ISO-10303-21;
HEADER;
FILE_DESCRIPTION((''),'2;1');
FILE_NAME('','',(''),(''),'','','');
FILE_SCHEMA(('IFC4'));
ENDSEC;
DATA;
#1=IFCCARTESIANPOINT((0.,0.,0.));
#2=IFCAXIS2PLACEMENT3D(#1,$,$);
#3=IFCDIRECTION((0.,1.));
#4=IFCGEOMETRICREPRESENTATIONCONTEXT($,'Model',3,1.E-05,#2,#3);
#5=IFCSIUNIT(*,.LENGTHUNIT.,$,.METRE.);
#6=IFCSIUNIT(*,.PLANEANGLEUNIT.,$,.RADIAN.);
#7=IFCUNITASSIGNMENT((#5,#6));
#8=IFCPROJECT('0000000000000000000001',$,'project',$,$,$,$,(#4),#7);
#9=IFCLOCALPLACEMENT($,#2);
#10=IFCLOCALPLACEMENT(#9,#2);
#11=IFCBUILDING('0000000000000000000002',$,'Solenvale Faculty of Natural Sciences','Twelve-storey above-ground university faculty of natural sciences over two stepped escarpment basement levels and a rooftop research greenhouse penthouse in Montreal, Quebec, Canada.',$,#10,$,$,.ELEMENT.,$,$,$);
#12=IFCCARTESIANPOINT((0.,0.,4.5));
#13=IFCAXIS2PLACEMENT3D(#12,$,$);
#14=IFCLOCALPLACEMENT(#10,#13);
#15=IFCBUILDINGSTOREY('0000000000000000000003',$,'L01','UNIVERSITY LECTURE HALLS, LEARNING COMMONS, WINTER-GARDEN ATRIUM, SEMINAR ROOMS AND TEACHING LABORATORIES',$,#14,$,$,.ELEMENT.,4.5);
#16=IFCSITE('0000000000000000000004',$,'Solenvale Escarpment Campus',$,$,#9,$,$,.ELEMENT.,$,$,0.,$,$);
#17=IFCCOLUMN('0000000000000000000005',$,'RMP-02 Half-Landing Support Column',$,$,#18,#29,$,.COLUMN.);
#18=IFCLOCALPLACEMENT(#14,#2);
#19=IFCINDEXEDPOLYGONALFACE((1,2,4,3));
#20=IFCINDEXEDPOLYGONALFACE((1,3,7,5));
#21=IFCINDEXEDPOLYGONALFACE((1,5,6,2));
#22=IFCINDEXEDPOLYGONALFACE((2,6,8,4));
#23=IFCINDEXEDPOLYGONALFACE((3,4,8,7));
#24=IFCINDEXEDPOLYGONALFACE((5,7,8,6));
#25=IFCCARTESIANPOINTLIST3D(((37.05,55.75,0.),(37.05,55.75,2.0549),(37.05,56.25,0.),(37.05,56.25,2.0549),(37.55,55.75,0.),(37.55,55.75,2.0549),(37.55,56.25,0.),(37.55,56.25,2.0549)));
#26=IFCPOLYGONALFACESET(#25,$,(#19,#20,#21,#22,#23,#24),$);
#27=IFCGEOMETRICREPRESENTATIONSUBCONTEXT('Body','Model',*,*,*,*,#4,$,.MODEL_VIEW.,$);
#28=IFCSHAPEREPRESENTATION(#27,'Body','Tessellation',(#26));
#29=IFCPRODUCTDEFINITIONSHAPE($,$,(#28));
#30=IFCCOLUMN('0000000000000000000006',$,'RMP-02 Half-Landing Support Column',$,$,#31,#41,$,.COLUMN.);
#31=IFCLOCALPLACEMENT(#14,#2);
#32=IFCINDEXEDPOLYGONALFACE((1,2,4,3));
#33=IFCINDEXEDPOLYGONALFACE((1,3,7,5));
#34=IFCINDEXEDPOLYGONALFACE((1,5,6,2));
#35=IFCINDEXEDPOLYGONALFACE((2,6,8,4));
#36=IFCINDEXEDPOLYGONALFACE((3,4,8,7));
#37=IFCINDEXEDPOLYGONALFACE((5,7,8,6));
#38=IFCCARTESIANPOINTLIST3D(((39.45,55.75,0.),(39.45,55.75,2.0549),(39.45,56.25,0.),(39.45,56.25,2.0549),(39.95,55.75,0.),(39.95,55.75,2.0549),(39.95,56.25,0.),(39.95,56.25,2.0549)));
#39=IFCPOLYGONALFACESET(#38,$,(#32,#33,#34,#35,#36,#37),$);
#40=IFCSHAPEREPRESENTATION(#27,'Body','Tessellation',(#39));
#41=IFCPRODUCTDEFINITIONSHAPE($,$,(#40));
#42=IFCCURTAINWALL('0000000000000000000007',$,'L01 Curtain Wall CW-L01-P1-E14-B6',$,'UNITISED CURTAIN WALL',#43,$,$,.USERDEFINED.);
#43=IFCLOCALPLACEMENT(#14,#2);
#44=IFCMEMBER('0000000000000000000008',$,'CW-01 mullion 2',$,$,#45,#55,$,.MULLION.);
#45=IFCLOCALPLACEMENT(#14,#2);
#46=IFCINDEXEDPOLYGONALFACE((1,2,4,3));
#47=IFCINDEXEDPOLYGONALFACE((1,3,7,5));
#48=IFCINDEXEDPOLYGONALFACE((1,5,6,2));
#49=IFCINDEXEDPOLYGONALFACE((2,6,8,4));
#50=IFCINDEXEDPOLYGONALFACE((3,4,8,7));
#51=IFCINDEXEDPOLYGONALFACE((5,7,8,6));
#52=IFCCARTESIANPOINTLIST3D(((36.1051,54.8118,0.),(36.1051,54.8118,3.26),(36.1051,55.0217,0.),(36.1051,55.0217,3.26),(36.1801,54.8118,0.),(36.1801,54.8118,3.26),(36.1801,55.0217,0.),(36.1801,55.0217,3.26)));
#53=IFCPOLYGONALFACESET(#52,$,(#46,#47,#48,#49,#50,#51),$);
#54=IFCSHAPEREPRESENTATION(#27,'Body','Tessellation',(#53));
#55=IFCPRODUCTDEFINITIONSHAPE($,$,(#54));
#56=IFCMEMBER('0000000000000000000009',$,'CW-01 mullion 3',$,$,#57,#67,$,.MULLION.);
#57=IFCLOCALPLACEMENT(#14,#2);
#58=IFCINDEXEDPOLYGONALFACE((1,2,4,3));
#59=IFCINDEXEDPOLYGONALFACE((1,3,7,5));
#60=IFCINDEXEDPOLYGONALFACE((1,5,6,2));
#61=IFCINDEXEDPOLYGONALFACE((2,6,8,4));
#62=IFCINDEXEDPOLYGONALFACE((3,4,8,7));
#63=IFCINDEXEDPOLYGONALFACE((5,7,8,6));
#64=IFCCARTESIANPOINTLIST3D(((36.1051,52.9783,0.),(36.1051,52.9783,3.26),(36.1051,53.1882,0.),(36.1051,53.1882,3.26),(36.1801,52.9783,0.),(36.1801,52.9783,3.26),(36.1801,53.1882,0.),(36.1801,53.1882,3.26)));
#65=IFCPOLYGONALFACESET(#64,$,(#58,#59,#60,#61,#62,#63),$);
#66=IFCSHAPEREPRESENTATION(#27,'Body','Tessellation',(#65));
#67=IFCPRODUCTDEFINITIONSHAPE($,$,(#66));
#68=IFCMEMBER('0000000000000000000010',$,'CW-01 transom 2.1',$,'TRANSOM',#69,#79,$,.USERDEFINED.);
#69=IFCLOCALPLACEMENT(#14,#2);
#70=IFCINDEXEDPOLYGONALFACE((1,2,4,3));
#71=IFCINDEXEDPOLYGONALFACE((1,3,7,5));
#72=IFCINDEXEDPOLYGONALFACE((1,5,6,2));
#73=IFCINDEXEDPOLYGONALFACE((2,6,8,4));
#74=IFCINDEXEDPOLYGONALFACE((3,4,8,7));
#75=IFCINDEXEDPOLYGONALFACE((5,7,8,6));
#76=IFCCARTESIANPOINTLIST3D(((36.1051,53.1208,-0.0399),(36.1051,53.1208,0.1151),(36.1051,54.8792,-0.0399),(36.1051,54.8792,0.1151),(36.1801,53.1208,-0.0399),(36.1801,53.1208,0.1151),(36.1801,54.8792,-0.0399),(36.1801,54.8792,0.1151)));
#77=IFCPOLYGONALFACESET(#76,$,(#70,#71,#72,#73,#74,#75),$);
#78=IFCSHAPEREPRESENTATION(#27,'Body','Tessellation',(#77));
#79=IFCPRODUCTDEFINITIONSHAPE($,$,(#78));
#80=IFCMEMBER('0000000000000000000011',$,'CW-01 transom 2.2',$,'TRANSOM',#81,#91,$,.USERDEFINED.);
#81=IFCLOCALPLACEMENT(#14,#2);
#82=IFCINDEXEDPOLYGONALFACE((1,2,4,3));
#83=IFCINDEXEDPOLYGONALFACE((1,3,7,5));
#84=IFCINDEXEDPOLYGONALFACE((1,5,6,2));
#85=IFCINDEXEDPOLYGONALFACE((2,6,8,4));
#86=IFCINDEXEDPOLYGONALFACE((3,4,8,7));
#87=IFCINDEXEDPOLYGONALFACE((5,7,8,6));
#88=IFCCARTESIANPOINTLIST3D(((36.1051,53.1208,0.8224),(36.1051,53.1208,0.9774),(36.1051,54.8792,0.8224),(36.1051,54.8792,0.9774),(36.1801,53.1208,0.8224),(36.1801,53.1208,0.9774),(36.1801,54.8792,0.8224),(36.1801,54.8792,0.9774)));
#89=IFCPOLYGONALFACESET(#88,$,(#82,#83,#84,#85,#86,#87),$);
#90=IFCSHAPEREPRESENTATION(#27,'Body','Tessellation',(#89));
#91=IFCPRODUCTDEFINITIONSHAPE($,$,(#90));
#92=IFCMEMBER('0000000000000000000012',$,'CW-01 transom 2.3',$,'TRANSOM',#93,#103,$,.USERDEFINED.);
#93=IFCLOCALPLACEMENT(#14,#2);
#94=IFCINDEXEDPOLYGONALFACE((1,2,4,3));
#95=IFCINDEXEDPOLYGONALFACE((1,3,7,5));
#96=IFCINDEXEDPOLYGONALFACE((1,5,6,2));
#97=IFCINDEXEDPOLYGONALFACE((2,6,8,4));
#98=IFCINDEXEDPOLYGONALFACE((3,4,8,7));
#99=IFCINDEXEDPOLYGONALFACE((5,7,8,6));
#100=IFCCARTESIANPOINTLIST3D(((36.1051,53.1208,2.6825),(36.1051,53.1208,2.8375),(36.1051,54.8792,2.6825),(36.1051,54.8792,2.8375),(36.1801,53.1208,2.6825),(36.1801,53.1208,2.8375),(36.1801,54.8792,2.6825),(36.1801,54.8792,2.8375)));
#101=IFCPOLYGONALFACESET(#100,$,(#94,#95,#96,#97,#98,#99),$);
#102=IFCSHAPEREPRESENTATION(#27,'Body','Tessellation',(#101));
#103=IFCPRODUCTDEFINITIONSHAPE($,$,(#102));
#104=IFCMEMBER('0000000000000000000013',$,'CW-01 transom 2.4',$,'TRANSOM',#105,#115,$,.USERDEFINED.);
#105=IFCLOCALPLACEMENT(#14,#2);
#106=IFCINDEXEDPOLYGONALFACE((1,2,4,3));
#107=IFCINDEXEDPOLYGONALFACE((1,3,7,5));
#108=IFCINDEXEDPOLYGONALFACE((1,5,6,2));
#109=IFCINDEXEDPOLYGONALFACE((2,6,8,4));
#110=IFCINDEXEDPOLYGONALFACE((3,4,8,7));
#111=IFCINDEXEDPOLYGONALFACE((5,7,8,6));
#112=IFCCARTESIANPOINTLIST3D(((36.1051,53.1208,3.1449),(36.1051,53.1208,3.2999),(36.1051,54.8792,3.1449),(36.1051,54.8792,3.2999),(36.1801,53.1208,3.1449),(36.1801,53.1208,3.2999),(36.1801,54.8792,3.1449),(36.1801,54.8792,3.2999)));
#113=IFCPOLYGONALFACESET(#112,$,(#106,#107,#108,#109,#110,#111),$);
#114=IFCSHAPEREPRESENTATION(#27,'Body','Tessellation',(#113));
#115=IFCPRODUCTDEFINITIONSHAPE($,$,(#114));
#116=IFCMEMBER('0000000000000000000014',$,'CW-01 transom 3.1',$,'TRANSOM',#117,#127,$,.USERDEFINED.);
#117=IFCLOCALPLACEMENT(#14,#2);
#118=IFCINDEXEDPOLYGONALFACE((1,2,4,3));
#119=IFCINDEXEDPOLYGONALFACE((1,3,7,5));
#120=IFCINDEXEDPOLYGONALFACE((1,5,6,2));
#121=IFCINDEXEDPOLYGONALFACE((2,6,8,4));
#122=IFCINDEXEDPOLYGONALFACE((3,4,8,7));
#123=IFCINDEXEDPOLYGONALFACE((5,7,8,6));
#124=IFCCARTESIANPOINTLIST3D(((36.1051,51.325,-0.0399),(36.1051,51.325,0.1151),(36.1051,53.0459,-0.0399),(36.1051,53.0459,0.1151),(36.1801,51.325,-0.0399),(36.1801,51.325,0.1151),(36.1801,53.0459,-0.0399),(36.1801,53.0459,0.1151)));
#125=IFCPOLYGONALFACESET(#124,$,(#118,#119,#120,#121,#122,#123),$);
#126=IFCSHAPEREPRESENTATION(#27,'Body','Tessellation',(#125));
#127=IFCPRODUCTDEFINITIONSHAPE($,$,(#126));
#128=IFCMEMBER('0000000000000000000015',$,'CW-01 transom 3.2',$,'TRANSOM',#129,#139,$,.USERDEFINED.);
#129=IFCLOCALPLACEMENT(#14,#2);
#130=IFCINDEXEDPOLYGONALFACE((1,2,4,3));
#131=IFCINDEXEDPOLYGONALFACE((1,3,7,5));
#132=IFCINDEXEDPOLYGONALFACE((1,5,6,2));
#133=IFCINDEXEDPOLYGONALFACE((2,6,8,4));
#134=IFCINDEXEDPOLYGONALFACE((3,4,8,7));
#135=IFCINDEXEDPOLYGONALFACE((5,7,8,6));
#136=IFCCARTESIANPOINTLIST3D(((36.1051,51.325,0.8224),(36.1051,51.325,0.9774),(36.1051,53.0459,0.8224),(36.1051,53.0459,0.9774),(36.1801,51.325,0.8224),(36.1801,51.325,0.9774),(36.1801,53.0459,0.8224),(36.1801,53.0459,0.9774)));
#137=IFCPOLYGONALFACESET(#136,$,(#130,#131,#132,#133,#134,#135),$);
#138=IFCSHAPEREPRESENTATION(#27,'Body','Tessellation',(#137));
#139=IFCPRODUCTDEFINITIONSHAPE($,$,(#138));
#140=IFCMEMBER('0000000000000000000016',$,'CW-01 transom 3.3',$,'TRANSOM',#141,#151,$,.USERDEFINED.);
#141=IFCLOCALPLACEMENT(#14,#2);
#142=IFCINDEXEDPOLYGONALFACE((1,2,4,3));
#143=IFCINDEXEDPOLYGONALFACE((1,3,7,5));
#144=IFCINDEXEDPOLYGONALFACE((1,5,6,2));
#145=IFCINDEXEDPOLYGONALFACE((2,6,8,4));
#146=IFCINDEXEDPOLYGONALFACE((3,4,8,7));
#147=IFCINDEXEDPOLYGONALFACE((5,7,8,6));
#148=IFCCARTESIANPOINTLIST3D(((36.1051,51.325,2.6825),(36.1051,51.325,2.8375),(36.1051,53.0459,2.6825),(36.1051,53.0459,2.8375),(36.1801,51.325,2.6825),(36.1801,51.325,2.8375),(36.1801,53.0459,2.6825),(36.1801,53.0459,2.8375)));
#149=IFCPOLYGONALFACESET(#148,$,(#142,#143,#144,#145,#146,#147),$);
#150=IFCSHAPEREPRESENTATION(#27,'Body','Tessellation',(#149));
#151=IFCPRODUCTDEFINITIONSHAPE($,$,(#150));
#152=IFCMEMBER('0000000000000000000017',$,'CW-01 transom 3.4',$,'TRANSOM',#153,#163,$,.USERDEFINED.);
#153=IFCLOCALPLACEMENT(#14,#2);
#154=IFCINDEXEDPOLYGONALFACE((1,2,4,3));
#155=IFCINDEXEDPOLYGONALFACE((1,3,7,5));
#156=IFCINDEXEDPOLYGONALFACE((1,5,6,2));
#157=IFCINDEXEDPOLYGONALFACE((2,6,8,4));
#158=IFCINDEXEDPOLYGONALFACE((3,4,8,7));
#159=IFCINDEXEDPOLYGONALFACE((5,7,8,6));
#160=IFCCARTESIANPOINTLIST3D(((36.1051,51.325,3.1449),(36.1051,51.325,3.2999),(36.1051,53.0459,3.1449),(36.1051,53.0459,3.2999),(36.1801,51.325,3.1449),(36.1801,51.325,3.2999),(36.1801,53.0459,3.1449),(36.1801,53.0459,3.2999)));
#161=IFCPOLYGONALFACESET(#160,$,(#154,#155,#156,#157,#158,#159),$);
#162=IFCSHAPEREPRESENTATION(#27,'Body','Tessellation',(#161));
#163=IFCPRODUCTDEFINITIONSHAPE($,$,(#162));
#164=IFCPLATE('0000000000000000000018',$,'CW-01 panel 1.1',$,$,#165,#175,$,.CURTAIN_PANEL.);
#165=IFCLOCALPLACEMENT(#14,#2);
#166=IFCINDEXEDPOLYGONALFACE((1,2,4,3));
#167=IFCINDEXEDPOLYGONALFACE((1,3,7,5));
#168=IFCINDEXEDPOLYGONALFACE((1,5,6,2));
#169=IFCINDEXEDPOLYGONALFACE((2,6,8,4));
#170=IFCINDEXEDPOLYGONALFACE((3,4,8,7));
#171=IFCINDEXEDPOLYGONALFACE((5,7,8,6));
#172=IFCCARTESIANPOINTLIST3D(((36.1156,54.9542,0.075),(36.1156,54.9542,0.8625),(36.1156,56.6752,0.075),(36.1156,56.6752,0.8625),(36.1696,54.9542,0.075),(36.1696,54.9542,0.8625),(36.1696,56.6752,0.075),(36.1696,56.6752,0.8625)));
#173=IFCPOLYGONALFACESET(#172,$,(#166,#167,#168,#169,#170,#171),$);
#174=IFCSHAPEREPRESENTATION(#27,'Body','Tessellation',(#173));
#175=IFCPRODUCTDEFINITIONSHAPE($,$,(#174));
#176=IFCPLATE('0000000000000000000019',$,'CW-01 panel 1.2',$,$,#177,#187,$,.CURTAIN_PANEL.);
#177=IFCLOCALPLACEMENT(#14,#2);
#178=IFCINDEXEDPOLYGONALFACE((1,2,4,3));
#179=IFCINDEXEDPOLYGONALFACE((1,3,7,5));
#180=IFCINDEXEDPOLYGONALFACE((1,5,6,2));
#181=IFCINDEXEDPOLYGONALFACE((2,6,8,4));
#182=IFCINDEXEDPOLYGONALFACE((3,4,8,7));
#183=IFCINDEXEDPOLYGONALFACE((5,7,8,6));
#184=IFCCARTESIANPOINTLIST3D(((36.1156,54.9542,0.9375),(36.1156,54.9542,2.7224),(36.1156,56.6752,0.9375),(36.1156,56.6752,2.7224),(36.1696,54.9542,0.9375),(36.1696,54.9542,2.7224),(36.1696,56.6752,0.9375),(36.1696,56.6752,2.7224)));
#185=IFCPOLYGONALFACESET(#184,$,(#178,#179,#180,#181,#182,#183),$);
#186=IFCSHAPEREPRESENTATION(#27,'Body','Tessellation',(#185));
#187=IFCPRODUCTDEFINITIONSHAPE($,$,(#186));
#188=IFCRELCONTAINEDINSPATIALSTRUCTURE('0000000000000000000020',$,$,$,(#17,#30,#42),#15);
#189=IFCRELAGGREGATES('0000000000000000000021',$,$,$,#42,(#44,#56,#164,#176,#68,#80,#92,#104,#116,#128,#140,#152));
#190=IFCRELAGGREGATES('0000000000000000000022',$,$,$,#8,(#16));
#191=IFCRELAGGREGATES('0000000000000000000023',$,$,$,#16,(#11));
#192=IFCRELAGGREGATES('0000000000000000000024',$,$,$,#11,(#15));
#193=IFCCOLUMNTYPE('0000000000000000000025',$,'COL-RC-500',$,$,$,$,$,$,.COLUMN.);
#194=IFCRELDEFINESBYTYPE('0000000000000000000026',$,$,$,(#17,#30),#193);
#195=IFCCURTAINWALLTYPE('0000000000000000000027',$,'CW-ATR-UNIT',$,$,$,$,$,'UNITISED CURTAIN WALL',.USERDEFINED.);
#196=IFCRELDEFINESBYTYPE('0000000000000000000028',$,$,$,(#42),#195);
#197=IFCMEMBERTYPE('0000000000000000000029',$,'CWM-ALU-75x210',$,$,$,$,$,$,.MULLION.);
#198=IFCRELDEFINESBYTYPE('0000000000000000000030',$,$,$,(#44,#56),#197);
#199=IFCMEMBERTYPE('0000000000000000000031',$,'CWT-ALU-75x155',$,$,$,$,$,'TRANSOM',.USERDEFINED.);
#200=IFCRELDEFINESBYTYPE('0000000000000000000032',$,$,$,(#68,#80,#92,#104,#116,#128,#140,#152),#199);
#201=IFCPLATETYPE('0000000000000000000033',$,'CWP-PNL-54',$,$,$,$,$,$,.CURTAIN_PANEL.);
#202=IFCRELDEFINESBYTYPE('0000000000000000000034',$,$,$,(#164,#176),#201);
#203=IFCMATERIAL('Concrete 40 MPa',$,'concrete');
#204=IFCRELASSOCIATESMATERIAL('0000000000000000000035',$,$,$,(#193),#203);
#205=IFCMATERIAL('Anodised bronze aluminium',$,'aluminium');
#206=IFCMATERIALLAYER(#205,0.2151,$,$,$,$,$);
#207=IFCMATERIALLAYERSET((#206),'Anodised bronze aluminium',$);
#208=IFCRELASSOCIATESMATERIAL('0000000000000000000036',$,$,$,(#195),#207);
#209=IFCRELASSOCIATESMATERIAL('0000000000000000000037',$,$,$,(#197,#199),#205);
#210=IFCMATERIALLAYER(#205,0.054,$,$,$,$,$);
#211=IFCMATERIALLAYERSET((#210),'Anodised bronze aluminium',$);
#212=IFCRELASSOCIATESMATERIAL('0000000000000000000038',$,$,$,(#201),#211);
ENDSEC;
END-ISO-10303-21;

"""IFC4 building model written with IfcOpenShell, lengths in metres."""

from ifc_helpers import new_model, si_unit, direction, frame, origin, origin_2d, place, context, subcontext, project, spatial, rectangle, extrude, material, layer, layer_set, material_profile, profile_set, type_object, element, aggregate, save


model = new_model("IFC4")

# Units and contexts
model_context = context("Model", 3, precision=1e-05, world=origin(), true_north=direction((0.0, 1.0)))
body_context = subcontext(model_context, "Body", "Model", "MODEL_VIEW")
ifc_project = project(units=[si_unit("LENGTHUNIT", "METRE"), si_unit("PLANEANGLEUNIT", "RADIAN")], contexts=[model_context])

# Site, building, storey
site_placement = place(None, origin())
site = spatial("IfcSite", under=ifc_project, at=site_placement, Name="Solenvale Escarpment Campus", CompositionType="ELEMENT", RefElevation=0.0)
building_placement = place(site_placement, origin())
building = spatial("IfcBuilding", under=site, at=building_placement, Name="Solenvale Faculty of Natural Sciences", Description="Twelve-storey above-ground university faculty of natural sciences over two stepped escarpment basement levels and a rooftop research greenhouse penthouse in Montreal, Quebec, Canada.", CompositionType="ELEMENT")
storey_placement = place(building_placement, frame((0.0, 0.0, 4.5)))
storey = spatial("IfcBuildingStorey", under=building, at=storey_placement, Name="L01", Description="UNIVERSITY LECTURE HALLS, LEARNING COMMONS, WINTER-GARDEN ATRIUM, SEMINAR ROOMS AND TEACHING LABORATORIES", CompositionType="ELEMENT", Elevation=4.5)

# Columns
ifc_material_1 = material(Name="Concrete 40 MPa", Category="concrete")
ifc_material_profile_1 = material_profile(ifc_material_1, rectangle(XDim=0.5, YDim=0.5, at=origin_2d()), Name="RC-COL-500x500")
ifc_profile_set_1 = profile_set([ifc_material_profile_1], Name="Concrete 40 MPa")
column_type = type_object("IfcColumnType", Name="COL-RC-500", PredefinedType="COLUMN", material=ifc_profile_set_1)
for number, where, z_axis, x_axis, name in (
    (1, (37.3, 56.0, 0.0), (0.0, 0.0, 1.0), (1.0, 0.0, 0.0), "RMP-02 Half-Landing Support Column"),
    (2, (39.7, 56.0, 0.0), (0.0, 0.0, 1.0), (1.0, 0.0, 0.0), "RMP-02 Half-Landing Support Column"),
):
    element("IfcColumn", number, at=place(storey_placement, frame(where, z_axis=z_axis, x_axis=x_axis)), inside=storey, type_object=column_type, Name=name, PredefinedType="COLUMN", context=body_context, shape_type="SweptSolid", body=[
        extrude(rectangle(XDim=0.5, YDim=0.5, at=origin_2d()), origin(), (0.0, 0.0, 1.0), 2.0549),
    ])

# Curtain wall, members, plates
ifc_material_2 = material(Name="Anodised bronze aluminium", Category="aluminium")
ifc_layer_1 = layer(ifc_material_2, 0.2151)
ifc_layer_set_1 = layer_set([ifc_layer_1], Name="Anodised bronze aluminium")
curtain_wall_type = type_object("IfcCurtainWallType", Name="CW-ATR-UNIT", ElementType="UNITISED CURTAIN WALL", PredefinedType="USERDEFINED", material=ifc_layer_set_1)
curtain_wall_placement = place(storey_placement, origin())
curtain_wall = element("IfcCurtainWall", 3, at=curtain_wall_placement, inside=storey, type_object=curtain_wall_type, Name="L01 Curtain Wall CW-L01-P1-E14-B6", ObjectType="UNITISED CURTAIN WALL", PredefinedType="USERDEFINED")
ifc_material_profile_2 = material_profile(ifc_material_2, rectangle(XDim=0.075, YDim=0.21, at=origin_2d()), Name="ALU-MUL-75x210")
ifc_profile_set_2 = profile_set([ifc_material_profile_2], Name="Anodised bronze aluminium")
member_type_1 = type_object("IfcMemberType", Name="CWM-ALU-75x210", PredefinedType="MULLION", material=ifc_profile_set_2)
member_1_placement = place(storey_placement, frame((36.1426, 54.9167, 0.0), z_axis=(0.0, 0.0, 1.0), x_axis=(1.0, 0.0, 0.0)))
member_1 = element("IfcMember", 4, at=member_1_placement, type_object=member_type_1, Name="CW-01 mullion 2", PredefinedType="MULLION", context=body_context, shape_type="SweptSolid", body=[
    extrude(rectangle(XDim=0.075, YDim=0.21, at=origin_2d()), origin(), (0.0, 0.0, 1.0), 3.26),
])
member_2_placement = place(storey_placement, frame((36.1426, 53.0833, 0.0), z_axis=(0.0, 0.0, 1.0), x_axis=(1.0, 0.0, 0.0)))
member_2 = element("IfcMember", 5, at=member_2_placement, type_object=member_type_1, Name="CW-01 mullion 3", PredefinedType="MULLION", context=body_context, shape_type="SweptSolid", body=[
    extrude(rectangle(XDim=0.075, YDim=0.21, at=origin_2d()), origin(), (0.0, 0.0, 1.0), 3.26),
])
ifc_material_profile_3 = material_profile(ifc_material_2, rectangle(XDim=0.075, YDim=0.155, at=origin_2d()), Name="ALU-TRN-75x155")
ifc_profile_set_3 = profile_set([ifc_material_profile_3], Name="Anodised bronze aluminium")
member_type_2 = type_object("IfcMemberType", Name="CWT-ALU-75x155", ElementType="TRANSOM", PredefinedType="USERDEFINED", material=ifc_profile_set_3)
member_3_placement = place(storey_placement, frame((36.1426, 54.8792, 0.0376), z_axis=(0.0, -1.0, 0.0), x_axis=(1.0, 0.0, 0.0)))
member_3 = element("IfcMember", 6, at=member_3_placement, type_object=member_type_2, Name="CW-01 transom 2.1", ObjectType="TRANSOM", PredefinedType="USERDEFINED", context=body_context, shape_type="SweptSolid", body=[
    extrude(rectangle(XDim=0.075, YDim=0.155, at=origin_2d()), origin(), (0.0, 0.0, 1.0), 1.7583),
])
member_4_placement = place(storey_placement, frame((36.1426, 54.8792, 0.8999), z_axis=(0.0, -1.0, 0.0), x_axis=(1.0, 0.0, 0.0)))
member_4 = element("IfcMember", 7, at=member_4_placement, type_object=member_type_2, Name="CW-01 transom 2.2", ObjectType="TRANSOM", PredefinedType="USERDEFINED", context=body_context, shape_type="SweptSolid", body=[
    extrude(rectangle(XDim=0.075, YDim=0.155, at=origin_2d()), origin(), (0.0, 0.0, 1.0), 1.7583),
])
member_5_placement = place(storey_placement, frame((36.1426, 54.8792, 2.76), z_axis=(0.0, -1.0, 0.0), x_axis=(1.0, 0.0, 0.0)))
member_5 = element("IfcMember", 8, at=member_5_placement, type_object=member_type_2, Name="CW-01 transom 2.3", ObjectType="TRANSOM", PredefinedType="USERDEFINED", context=body_context, shape_type="SweptSolid", body=[
    extrude(rectangle(XDim=0.075, YDim=0.155, at=origin_2d()), origin(), (0.0, 0.0, 1.0), 1.7583),
])
member_6_placement = place(storey_placement, frame((36.1426, 54.8792, 3.2224), z_axis=(0.0, -1.0, 0.0), x_axis=(1.0, 0.0, 0.0)))
member_6 = element("IfcMember", 9, at=member_6_placement, type_object=member_type_2, Name="CW-01 transom 2.4", ObjectType="TRANSOM", PredefinedType="USERDEFINED", context=body_context, shape_type="SweptSolid", body=[
    extrude(rectangle(XDim=0.075, YDim=0.155, at=origin_2d()), origin(), (0.0, 0.0, 1.0), 1.7583),
])
member_7_placement = place(storey_placement, frame((36.1426, 53.0459, 0.0376), z_axis=(0.0, -1.0, 0.0), x_axis=(1.0, 0.0, 0.0)))
member_7 = element("IfcMember", 10, at=member_7_placement, type_object=member_type_2, Name="CW-01 transom 3.1", ObjectType="TRANSOM", PredefinedType="USERDEFINED", context=body_context, shape_type="SweptSolid", body=[
    extrude(rectangle(XDim=0.075, YDim=0.155, at=origin_2d()), origin(), (0.0, 0.0, 1.0), 1.7209),
])
member_8_placement = place(storey_placement, frame((36.1426, 53.0459, 0.8999), z_axis=(0.0, -1.0, 0.0), x_axis=(1.0, 0.0, 0.0)))
member_8 = element("IfcMember", 11, at=member_8_placement, type_object=member_type_2, Name="CW-01 transom 3.2", ObjectType="TRANSOM", PredefinedType="USERDEFINED", context=body_context, shape_type="SweptSolid", body=[
    extrude(rectangle(XDim=0.075, YDim=0.155, at=origin_2d()), origin(), (0.0, 0.0, 1.0), 1.7209),
])
member_9_placement = place(storey_placement, frame((36.1426, 53.0459, 2.76), z_axis=(0.0, -1.0, 0.0), x_axis=(1.0, 0.0, 0.0)))
member_9 = element("IfcMember", 12, at=member_9_placement, type_object=member_type_2, Name="CW-01 transom 3.3", ObjectType="TRANSOM", PredefinedType="USERDEFINED", context=body_context, shape_type="SweptSolid", body=[
    extrude(rectangle(XDim=0.075, YDim=0.155, at=origin_2d()), origin(), (0.0, 0.0, 1.0), 1.7209),
])
member_10_placement = place(storey_placement, frame((36.1426, 53.0459, 3.2224), z_axis=(0.0, -1.0, 0.0), x_axis=(1.0, 0.0, 0.0)))
member_10 = element("IfcMember", 13, at=member_10_placement, type_object=member_type_2, Name="CW-01 transom 3.4", ObjectType="TRANSOM", PredefinedType="USERDEFINED", context=body_context, shape_type="SweptSolid", body=[
    extrude(rectangle(XDim=0.075, YDim=0.155, at=origin_2d()), origin(), (0.0, 0.0, 1.0), 1.7209),
])
ifc_layer_2 = layer(ifc_material_2, 0.054)
ifc_layer_set_2 = layer_set([ifc_layer_2], Name="Anodised bronze aluminium")
plate_type = type_object("IfcPlateType", Name="CWP-PNL-54", PredefinedType="CURTAIN_PANEL", material=ifc_layer_set_2)
plate_1_placement = place(storey_placement, frame((36.1426, 55.8147, 0.075), z_axis=(0.0, 0.0, 1.0), x_axis=(0.0, -1.0, 0.0)))
plate_1 = element("IfcPlate", 14, at=plate_1_placement, type_object=plate_type, Name="CW-01 panel 1.1", PredefinedType="CURTAIN_PANEL", context=body_context, shape_type="SweptSolid", body=[
    extrude(rectangle(XDim=1.7209, YDim=0.054, at=origin_2d()), origin(), (0.0, 0.0, 1.0), 0.7876),
])
plate_2_placement = place(storey_placement, frame((36.1426, 55.8147, 0.9375), z_axis=(0.0, 0.0, 1.0), x_axis=(0.0, -1.0, 0.0)))
plate_2 = element("IfcPlate", 15, at=plate_2_placement, type_object=plate_type, Name="CW-01 panel 1.2", PredefinedType="CURTAIN_PANEL", context=body_context, shape_type="SweptSolid", body=[
    extrude(rectangle(XDim=1.7209, YDim=0.054, at=origin_2d()), origin(), (0.0, 0.0, 1.0), 1.7849),
])
aggregate(curtain_wall, [member_1, member_2, plate_1, plate_2, member_3, member_4, member_5, member_6, member_7, member_8, member_9, member_10])

save(model, "model.ifc")
